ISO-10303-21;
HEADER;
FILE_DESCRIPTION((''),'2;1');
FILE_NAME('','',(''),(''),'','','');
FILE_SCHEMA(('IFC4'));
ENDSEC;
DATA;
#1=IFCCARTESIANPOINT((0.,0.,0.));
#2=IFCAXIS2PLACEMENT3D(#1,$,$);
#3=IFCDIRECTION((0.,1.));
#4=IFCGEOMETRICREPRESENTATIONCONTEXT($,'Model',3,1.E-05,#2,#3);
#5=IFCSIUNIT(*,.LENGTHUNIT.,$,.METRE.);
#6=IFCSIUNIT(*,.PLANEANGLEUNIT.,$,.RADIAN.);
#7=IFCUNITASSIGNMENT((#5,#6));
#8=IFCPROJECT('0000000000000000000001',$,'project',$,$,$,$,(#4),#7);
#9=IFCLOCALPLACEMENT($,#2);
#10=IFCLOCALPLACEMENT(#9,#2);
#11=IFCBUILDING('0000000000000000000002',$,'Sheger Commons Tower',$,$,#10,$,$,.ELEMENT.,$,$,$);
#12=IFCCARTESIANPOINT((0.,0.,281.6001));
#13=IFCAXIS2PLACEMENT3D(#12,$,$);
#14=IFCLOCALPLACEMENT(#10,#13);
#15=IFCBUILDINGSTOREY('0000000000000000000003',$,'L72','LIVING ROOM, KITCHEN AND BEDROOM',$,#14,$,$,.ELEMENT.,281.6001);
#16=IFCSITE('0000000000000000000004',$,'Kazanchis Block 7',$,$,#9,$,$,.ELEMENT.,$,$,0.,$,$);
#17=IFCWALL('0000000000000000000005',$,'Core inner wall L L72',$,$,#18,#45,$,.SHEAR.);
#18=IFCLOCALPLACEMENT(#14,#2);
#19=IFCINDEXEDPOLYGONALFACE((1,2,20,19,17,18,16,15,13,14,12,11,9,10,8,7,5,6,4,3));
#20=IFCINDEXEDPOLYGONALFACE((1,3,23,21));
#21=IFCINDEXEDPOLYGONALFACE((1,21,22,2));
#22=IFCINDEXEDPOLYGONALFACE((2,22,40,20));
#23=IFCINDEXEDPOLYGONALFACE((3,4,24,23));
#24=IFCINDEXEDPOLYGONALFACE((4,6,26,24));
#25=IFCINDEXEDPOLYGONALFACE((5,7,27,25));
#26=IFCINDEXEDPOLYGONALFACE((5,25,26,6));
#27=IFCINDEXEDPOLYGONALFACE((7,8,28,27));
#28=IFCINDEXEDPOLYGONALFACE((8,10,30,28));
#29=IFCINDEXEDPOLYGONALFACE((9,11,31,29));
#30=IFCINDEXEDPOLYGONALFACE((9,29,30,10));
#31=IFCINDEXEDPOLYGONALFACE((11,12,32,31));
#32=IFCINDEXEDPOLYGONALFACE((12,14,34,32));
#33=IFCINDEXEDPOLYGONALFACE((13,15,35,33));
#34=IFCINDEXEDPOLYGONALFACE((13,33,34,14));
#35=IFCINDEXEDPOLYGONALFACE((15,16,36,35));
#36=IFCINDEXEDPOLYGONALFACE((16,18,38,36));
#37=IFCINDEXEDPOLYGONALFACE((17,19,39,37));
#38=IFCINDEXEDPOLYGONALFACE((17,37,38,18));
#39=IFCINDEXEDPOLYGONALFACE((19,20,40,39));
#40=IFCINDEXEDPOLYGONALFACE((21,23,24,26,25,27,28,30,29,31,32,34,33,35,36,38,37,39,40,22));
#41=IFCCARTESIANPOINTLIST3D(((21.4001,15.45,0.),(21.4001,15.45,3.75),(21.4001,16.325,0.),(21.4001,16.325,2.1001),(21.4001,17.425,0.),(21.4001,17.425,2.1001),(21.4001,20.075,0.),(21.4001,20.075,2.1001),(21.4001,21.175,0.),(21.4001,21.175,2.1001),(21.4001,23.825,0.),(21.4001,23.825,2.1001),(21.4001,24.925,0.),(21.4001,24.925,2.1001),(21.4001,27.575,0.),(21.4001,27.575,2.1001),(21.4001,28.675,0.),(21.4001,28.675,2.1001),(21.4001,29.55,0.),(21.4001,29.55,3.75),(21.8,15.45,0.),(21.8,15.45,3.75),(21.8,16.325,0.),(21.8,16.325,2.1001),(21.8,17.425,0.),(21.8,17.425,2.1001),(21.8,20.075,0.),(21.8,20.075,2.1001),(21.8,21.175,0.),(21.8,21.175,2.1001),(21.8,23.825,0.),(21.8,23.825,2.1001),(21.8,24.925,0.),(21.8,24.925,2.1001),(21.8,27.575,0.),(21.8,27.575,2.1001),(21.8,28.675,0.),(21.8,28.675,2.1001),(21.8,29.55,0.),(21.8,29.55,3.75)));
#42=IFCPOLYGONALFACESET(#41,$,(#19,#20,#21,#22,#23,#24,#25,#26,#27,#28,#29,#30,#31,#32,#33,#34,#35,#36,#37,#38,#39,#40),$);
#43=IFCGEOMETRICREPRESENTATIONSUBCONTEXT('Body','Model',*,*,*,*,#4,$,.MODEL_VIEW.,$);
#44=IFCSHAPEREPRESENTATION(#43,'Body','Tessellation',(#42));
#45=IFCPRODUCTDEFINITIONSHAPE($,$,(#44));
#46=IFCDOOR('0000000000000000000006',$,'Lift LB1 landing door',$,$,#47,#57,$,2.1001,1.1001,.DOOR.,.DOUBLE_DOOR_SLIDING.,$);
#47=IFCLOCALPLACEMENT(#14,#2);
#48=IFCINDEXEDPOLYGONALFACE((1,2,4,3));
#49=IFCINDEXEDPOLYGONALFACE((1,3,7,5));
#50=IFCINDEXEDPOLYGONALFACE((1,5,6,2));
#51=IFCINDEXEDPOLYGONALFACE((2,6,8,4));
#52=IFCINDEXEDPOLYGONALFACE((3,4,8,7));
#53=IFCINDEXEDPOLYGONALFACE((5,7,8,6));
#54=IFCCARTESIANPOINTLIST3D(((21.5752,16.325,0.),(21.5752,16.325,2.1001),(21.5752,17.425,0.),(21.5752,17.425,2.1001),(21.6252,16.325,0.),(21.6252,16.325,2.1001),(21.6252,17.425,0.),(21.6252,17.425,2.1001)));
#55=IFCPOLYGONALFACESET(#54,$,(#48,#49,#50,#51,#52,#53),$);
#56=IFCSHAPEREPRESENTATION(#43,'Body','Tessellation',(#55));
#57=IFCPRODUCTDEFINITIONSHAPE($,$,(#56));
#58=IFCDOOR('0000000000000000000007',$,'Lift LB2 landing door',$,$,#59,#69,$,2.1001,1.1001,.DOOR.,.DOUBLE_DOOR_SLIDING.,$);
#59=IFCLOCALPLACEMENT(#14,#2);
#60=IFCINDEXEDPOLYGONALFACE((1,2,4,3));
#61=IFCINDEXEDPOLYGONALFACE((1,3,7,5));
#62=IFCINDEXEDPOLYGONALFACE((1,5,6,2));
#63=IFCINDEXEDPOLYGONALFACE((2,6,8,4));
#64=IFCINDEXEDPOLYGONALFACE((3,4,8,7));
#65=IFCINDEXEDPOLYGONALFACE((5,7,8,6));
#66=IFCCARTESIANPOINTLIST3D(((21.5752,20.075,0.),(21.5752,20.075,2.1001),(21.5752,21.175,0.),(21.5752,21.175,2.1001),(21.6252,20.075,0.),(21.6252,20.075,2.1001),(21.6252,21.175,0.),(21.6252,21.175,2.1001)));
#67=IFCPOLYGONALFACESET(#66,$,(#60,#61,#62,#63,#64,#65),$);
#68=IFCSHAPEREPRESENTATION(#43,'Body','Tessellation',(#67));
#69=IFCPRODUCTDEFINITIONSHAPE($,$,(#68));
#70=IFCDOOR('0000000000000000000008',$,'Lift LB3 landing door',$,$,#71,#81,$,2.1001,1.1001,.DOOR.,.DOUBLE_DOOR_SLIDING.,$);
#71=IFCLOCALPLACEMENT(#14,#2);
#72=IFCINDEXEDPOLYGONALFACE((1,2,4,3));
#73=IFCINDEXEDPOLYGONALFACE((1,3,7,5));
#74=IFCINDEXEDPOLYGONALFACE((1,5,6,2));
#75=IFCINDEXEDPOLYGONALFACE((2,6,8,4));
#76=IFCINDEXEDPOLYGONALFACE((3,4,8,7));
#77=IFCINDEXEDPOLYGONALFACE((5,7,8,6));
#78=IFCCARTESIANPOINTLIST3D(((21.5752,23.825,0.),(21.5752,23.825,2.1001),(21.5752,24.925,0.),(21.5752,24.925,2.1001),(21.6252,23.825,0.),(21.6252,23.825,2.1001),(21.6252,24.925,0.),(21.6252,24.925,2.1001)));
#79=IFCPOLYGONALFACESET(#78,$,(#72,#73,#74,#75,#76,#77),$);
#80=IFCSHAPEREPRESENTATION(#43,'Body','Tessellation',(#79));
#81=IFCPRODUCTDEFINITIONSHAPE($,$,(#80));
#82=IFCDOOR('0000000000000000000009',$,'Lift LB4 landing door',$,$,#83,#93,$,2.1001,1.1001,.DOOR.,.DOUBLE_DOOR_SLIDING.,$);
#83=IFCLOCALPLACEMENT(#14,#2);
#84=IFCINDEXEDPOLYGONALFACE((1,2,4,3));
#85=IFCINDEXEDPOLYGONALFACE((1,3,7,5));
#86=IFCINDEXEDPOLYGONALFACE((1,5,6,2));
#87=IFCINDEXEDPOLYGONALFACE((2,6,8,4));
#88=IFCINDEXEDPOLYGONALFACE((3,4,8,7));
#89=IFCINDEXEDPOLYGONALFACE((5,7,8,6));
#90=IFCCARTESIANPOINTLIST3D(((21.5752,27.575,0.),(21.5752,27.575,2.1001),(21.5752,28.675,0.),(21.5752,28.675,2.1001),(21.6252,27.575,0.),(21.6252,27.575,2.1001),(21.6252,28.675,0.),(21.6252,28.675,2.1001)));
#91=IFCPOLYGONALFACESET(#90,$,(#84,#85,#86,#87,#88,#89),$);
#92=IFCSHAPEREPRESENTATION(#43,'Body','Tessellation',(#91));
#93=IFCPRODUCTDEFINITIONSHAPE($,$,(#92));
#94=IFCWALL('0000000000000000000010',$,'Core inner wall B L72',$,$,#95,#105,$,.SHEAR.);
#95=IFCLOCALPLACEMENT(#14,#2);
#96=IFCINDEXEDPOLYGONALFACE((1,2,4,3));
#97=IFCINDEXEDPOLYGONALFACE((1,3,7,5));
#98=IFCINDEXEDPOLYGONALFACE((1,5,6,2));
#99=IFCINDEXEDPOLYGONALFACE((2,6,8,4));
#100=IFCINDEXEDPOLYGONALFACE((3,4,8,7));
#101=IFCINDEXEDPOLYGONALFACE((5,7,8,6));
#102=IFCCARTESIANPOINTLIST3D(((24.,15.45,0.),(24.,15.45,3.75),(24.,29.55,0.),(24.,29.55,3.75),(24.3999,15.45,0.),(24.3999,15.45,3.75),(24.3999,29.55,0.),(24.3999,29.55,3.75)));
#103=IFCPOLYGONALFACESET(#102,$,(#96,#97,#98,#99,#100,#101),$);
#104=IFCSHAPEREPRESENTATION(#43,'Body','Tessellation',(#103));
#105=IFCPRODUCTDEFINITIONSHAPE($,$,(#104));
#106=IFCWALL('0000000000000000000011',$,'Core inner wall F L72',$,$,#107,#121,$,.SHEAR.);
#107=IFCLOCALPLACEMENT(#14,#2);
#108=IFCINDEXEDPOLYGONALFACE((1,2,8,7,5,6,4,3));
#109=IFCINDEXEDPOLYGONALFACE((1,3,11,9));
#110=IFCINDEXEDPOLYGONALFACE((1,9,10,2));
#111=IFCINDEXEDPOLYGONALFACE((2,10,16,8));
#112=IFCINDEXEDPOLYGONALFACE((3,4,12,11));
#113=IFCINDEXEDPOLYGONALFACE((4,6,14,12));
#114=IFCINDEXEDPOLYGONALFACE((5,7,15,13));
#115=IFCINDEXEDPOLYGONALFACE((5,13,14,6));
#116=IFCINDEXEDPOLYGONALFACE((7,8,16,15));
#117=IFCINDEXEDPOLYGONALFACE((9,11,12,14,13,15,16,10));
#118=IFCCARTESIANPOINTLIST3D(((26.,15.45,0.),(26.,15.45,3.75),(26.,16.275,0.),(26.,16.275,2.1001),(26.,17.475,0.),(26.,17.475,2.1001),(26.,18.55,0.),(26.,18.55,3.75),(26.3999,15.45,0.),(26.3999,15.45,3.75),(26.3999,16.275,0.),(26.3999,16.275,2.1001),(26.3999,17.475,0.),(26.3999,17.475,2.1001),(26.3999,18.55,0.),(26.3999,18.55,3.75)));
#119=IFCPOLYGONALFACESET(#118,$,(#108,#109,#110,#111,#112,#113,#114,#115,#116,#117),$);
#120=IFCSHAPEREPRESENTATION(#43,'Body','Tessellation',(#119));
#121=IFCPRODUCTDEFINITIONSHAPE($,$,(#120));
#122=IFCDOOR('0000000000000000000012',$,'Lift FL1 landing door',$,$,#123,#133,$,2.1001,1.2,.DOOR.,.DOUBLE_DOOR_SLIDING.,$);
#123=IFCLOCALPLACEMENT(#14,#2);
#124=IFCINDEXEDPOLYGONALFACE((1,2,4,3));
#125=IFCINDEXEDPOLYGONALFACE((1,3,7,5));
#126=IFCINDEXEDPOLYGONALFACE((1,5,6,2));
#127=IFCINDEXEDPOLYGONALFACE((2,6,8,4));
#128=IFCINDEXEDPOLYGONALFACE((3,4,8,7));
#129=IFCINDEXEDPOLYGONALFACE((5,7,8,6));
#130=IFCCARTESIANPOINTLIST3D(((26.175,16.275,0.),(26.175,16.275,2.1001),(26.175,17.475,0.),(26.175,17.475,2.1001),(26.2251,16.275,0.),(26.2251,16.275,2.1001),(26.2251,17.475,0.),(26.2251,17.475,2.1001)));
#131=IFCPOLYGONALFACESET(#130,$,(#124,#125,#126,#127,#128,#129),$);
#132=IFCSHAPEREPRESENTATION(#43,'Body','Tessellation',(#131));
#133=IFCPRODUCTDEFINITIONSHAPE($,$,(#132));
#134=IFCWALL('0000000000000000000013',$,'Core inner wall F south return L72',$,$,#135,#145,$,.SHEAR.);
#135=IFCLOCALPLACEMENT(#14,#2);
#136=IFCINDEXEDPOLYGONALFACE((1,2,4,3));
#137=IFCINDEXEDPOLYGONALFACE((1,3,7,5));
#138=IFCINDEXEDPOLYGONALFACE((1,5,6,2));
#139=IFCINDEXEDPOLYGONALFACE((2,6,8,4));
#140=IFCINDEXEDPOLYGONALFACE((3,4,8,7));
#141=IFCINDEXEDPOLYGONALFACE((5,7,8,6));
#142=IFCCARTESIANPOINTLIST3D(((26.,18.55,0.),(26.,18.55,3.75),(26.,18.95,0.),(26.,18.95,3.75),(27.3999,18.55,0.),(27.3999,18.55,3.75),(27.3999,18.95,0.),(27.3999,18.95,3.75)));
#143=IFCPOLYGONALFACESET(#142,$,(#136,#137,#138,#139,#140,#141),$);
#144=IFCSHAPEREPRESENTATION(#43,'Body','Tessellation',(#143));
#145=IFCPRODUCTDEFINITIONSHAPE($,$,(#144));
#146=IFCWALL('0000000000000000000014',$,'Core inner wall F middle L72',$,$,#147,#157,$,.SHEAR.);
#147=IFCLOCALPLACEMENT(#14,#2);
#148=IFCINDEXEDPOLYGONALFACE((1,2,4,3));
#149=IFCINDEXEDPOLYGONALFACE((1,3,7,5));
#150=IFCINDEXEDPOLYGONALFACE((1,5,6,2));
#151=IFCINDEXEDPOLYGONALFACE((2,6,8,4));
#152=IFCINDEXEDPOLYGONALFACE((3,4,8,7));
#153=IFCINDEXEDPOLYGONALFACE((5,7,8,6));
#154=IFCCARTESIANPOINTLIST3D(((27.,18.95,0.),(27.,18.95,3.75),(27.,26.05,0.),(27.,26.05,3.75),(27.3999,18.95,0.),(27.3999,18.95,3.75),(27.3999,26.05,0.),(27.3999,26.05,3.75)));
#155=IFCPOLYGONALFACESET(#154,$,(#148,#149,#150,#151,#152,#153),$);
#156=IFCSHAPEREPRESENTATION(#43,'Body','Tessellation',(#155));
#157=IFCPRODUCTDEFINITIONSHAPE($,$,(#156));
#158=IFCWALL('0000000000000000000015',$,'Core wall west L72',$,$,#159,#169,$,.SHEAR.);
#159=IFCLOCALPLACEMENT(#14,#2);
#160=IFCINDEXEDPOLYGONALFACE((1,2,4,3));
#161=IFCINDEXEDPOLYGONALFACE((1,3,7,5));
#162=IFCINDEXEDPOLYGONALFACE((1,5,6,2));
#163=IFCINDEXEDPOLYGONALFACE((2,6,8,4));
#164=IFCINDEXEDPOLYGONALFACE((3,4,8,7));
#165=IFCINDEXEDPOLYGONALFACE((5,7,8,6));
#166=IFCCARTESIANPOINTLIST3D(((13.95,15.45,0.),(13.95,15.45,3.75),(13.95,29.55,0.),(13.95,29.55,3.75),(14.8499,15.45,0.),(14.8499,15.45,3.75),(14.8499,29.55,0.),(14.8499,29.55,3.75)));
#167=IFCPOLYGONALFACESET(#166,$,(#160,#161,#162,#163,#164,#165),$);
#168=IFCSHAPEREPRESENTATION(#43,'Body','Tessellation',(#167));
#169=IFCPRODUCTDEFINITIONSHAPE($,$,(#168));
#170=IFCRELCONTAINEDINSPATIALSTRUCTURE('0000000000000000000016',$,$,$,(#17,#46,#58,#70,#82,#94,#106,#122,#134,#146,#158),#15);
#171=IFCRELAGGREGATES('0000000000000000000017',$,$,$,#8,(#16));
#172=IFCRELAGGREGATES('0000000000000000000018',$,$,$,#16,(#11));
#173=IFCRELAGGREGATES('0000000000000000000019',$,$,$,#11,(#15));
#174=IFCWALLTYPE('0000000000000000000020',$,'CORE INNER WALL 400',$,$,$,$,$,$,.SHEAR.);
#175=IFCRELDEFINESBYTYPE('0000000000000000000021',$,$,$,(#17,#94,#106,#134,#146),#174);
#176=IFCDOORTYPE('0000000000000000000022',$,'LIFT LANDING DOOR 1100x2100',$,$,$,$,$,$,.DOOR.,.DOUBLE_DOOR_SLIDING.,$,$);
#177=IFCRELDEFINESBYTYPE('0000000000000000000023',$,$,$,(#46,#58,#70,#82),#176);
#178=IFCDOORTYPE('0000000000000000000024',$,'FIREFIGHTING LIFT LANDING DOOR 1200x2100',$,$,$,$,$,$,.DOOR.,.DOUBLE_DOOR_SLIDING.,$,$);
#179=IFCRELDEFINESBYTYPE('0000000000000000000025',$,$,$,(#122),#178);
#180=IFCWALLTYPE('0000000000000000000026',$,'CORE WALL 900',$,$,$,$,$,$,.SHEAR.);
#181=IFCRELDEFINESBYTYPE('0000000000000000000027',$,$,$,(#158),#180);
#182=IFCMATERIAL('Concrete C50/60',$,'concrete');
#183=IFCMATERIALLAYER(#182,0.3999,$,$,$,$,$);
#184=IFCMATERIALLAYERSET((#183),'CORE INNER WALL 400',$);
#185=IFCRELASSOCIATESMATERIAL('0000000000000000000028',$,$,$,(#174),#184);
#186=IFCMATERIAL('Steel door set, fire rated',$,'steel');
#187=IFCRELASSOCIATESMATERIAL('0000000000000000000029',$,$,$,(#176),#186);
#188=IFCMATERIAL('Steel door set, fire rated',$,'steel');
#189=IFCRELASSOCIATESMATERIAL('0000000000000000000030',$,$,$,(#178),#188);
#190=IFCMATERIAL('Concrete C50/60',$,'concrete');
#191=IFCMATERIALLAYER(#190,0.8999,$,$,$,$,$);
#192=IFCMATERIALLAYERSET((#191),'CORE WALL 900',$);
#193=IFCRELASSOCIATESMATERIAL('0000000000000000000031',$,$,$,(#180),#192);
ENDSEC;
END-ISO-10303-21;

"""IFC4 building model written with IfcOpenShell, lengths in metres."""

from ifc_helpers import new_model, si_unit, direction, frame, frame_2d, origin, place, context, subcontext, project, spatial, rectangle, extrude, material, layer, layer_set, type_object, element, fill, save


model = new_model("IFC4")

# Units and contexts
model_context = context("Model", 3, precision=1e-05, world=origin(), true_north=direction((0.0, 1.0)))
body_context = subcontext(model_context, "Body", "Model", "MODEL_VIEW")
ifc_project = project(units=[si_unit("LENGTHUNIT", "METRE"), si_unit("PLANEANGLEUNIT", "RADIAN")], contexts=[model_context])

# Site, building, storey
site_placement = place(None, origin())
site = spatial("IfcSite", under=ifc_project, at=site_placement, Name="Kazanchis Block 7", CompositionType="ELEMENT", RefElevation=0.0)
building_placement = place(site_placement, origin())
building = spatial("IfcBuilding", under=site, at=building_placement, Name="Sheger Commons Tower", CompositionType="ELEMENT")
storey_placement = place(building_placement, frame((0.0, 0.0, 281.6001)))
storey = spatial("IfcBuildingStorey", under=building, at=storey_placement, Name="L72", Description="LIVING ROOM, KITCHEN AND BEDROOM", CompositionType="ELEMENT", Elevation=281.6001)

# Wall, openings, doors
ifc_material_1 = material(Name="Concrete C50/60", Category="concrete")
ifc_layer_1 = layer(ifc_material_1, 0.3999)
ifc_layer_set_1 = layer_set([ifc_layer_1], Name="CORE INNER WALL 400")
wall_type_1 = type_object("IfcWallType", Name="CORE INNER WALL 400", PredefinedType="SHEAR", material=ifc_layer_set_1)
wall_1_placement = place(storey_placement, frame((21.6001, 15.45, 0.0), z_axis=(0.0, 0.0, 1.0), x_axis=(0.0, 1.0, 0.0)))
wall_1 = element("IfcWall", 1, at=wall_1_placement, inside=storey, type_object=wall_type_1, Name="Core inner wall L L72", PredefinedType="SHEAR", context=body_context, shape_type="SweptSolid", body=[
    extrude(rectangle(XDim=14.1001, YDim=0.3999, at=frame_2d((7.05, 0.0))), origin(), (0.0, 0.0, 1.0), 3.75),
])
opening_1_placement = place(wall_1_placement, frame((0.875, 0.0, 0.0)))
opening_1 = element("IfcOpeningElement", 2, at=opening_1_placement, cuts=wall_1, PredefinedType="OPENING", context=body_context, shape_type="SweptSolid", body=[
    extrude(rectangle(XDim=1.1001, YDim=2.1001, at=frame_2d((0.55, 1.05))), frame((0.0, 0.21, 0.0), z_axis=(0.0, -1.0, 0.0), x_axis=(1.0, 0.0, 0.0)), (0.0, 0.0, 1.0), 0.4199),
])
opening_2_placement = place(wall_1_placement, frame((4.625, 0.0, 0.0)))
opening_2 = element("IfcOpeningElement", 3, at=opening_2_placement, cuts=wall_1, PredefinedType="OPENING", context=body_context, shape_type="SweptSolid", body=[
    extrude(rectangle(XDim=1.1001, YDim=2.1001, at=frame_2d((0.55, 1.05))), frame((0.0, 0.21, 0.0), z_axis=(0.0, -1.0, 0.0), x_axis=(1.0, 0.0, 0.0)), (0.0, 0.0, 1.0), 0.4199),
])
opening_3_placement = place(wall_1_placement, frame((8.375, 0.0, 0.0)))
opening_3 = element("IfcOpeningElement", 4, at=opening_3_placement, cuts=wall_1, PredefinedType="OPENING", context=body_context, shape_type="SweptSolid", body=[
    extrude(rectangle(XDim=1.1001, YDim=2.1001, at=frame_2d((0.55, 1.05))), frame((0.0, 0.21, 0.0), z_axis=(0.0, -1.0, 0.0), x_axis=(1.0, 0.0, 0.0)), (0.0, 0.0, 1.0), 0.4199),
])
opening_4_placement = place(wall_1_placement, frame((12.125, 0.0, 0.0)))
opening_4 = element("IfcOpeningElement", 5, at=opening_4_placement, cuts=wall_1, PredefinedType="OPENING", context=body_context, shape_type="SweptSolid", body=[
    extrude(rectangle(XDim=1.1001, YDim=2.1001, at=frame_2d((0.55, 1.05))), frame((0.0, 0.21, 0.0), z_axis=(0.0, -1.0, 0.0), x_axis=(1.0, 0.0, 0.0)), (0.0, 0.0, 1.0), 0.4199),
])
ifc_material_2 = material(Name="Steel door set, fire rated", Category="steel")
door_type_1 = type_object("IfcDoorType", Name="LIFT LANDING DOOR 1100x2100", OperationType="DOUBLE_DOOR_SLIDING", PredefinedType="DOOR", material=ifc_material_2)
door_1_placement = place(opening_1_placement, origin())
door_1 = element("IfcDoor", 6, at=door_1_placement, inside=storey, type_object=door_type_1, Name="Lift LB1 landing door", OperationType="DOUBLE_DOOR_SLIDING", OverallHeight=2.1001, OverallWidth=1.1001, PredefinedType="DOOR", context=body_context, shape_type="SweptSolid", body=[
    extrude(rectangle(XDim=1.1001, YDim=2.1001, at=frame_2d((0.55, 1.05))), frame((0.0, 0.0249, 0.0), z_axis=(0.0, -1.0, 0.0), x_axis=(1.0, 0.0, 0.0)), (0.0, 0.0, 1.0), 0.05),
])
fill(opening_1, door_1)
door_2_placement = place(opening_2_placement, origin())
door_2 = element("IfcDoor", 7, at=door_2_placement, inside=storey, type_object=door_type_1, Name="Lift LB2 landing door", OperationType="DOUBLE_DOOR_SLIDING", OverallHeight=2.1001, OverallWidth=1.1001, PredefinedType="DOOR", context=body_context, shape_type="SweptSolid", body=[
    extrude(rectangle(XDim=1.1001, YDim=2.1001, at=frame_2d((0.55, 1.05))), frame((0.0, 0.0249, 0.0), z_axis=(0.0, -1.0, 0.0), x_axis=(1.0, 0.0, 0.0)), (0.0, 0.0, 1.0), 0.05),
])
fill(opening_2, door_2)
door_3_placement = place(opening_3_placement, origin())
door_3 = element("IfcDoor", 8, at=door_3_placement, inside=storey, type_object=door_type_1, Name="Lift LB3 landing door", OperationType="DOUBLE_DOOR_SLIDING", OverallHeight=2.1001, OverallWidth=1.1001, PredefinedType="DOOR", context=body_context, shape_type="SweptSolid", body=[
    extrude(rectangle(XDim=1.1001, YDim=2.1001, at=frame_2d((0.55, 1.05))), frame((0.0, 0.0249, 0.0), z_axis=(0.0, -1.0, 0.0), x_axis=(1.0, 0.0, 0.0)), (0.0, 0.0, 1.0), 0.05),
])
fill(opening_3, door_3)
door_4_placement = place(opening_4_placement, origin())
door_4 = element("IfcDoor", 9, at=door_4_placement, inside=storey, type_object=door_type_1, Name="Lift LB4 landing door", OperationType="DOUBLE_DOOR_SLIDING", OverallHeight=2.1001, OverallWidth=1.1001, PredefinedType="DOOR", context=body_context, shape_type="SweptSolid", body=[
    extrude(rectangle(XDim=1.1001, YDim=2.1001, at=frame_2d((0.55, 1.05))), frame((0.0, 0.0249, 0.0), z_axis=(0.0, -1.0, 0.0), x_axis=(1.0, 0.0, 0.0)), (0.0, 0.0, 1.0), 0.05),
])
fill(opening_4, door_4)

# Wall
wall_2_placement = place(storey_placement, frame((24.2, 15.45, 0.0), z_axis=(0.0, 0.0, 1.0), x_axis=(0.0, 1.0, 0.0)))
element("IfcWall", 10, at=wall_2_placement, inside=storey, type_object=wall_type_1, Name="Core inner wall B L72", PredefinedType="SHEAR", context=body_context, shape_type="SweptSolid", body=[
    extrude(rectangle(XDim=14.1001, YDim=0.3999, at=frame_2d((7.05, 0.0))), origin(), (0.0, 0.0, 1.0), 3.75),
])

# Wall, opening, door
wall_3_placement = place(storey_placement, frame((26.2, 15.45, 0.0), z_axis=(0.0, 0.0, 1.0), x_axis=(0.0, 1.0, 0.0)))
wall_3 = element("IfcWall", 11, at=wall_3_placement, inside=storey, type_object=wall_type_1, Name="Core inner wall F L72", PredefinedType="SHEAR", context=body_context, shape_type="SweptSolid", body=[
    extrude(rectangle(XDim=3.1001, YDim=0.3999, at=frame_2d((1.55, 0.0))), origin(), (0.0, 0.0, 1.0), 3.75),
])
opening_5_placement = place(wall_3_placement, frame((0.825, 0.0, 0.0)))
opening_5 = element("IfcOpeningElement", 12, at=opening_5_placement, cuts=wall_3, PredefinedType="OPENING", context=body_context, shape_type="SweptSolid", body=[
    extrude(rectangle(XDim=1.2, YDim=2.1001, at=frame_2d((0.6001, 1.05))), frame((0.0, 0.21, 0.0), z_axis=(0.0, -1.0, 0.0), x_axis=(1.0, 0.0, 0.0)), (0.0, 0.0, 1.0), 0.4199),
])
ifc_material_3 = material(Name="Steel door set, fire rated", Category="steel")
door_type_2 = type_object("IfcDoorType", Name="FIREFIGHTING LIFT LANDING DOOR 1200x2100", OperationType="DOUBLE_DOOR_SLIDING", PredefinedType="DOOR", material=ifc_material_3)
door_5_placement = place(opening_5_placement, origin())
door_5 = element("IfcDoor", 13, at=door_5_placement, inside=storey, type_object=door_type_2, Name="Lift FL1 landing door", OperationType="DOUBLE_DOOR_SLIDING", OverallHeight=2.1001, OverallWidth=1.2, PredefinedType="DOOR", context=body_context, shape_type="SweptSolid", body=[
    extrude(rectangle(XDim=1.2, YDim=2.1001, at=frame_2d((0.6001, 1.05))), frame((0.0, 0.0249, 0.0), z_axis=(0.0, -1.0, 0.0), x_axis=(1.0, 0.0, 0.0)), (0.0, 0.0, 1.0), 0.05),
])
fill(opening_5, door_5)

# Walls
wall_4_placement = place(storey_placement, frame((26.0, 18.75, 0.0), z_axis=(0.0, 0.0, 1.0), x_axis=(1.0, 0.0, 0.0)))
element("IfcWall", 14, at=wall_4_placement, inside=storey, type_object=wall_type_1, Name="Core inner wall F south return L72", PredefinedType="SHEAR", context=body_context, shape_type="SweptSolid", body=[
    extrude(rectangle(XDim=1.3999, YDim=0.3999, at=frame_2d((0.7, 0.0))), origin(), (0.0, 0.0, 1.0), 3.75),
])
wall_5_placement = place(storey_placement, frame((27.2, 18.95, 0.0), z_axis=(0.0, 0.0, 1.0), x_axis=(0.0, 1.0, 0.0)))
element("IfcWall", 15, at=wall_5_placement, inside=storey, type_object=wall_type_1, Name="Core inner wall F middle L72", PredefinedType="SHEAR", context=body_context, shape_type="SweptSolid", body=[
    extrude(rectangle(XDim=7.1001, YDim=0.3999, at=frame_2d((3.55, 0.0))), origin(), (0.0, 0.0, 1.0), 3.75),
])
ifc_material_4 = material(Name="Concrete C50/60", Category="concrete")
ifc_layer_2 = layer(ifc_material_4, 0.8999)
ifc_layer_set_2 = layer_set([ifc_layer_2], Name="CORE WALL 900")
wall_type_2 = type_object("IfcWallType", Name="CORE WALL 900", PredefinedType="SHEAR", material=ifc_layer_set_2)
for number, where, z_axis, x_axis, name in (
    (16, (14.3999, 15.45, 0.0), (0.0, 0.0, 1.0), (0.0, 1.0, 0.0), "Core wall west L72"),
):
    element("IfcWall", number, at=place(storey_placement, frame(where, z_axis=z_axis, x_axis=x_axis)), inside=storey, type_object=wall_type_2, Name=name, PredefinedType="SHEAR", context=body_context, shape_type="SweptSolid", body=[
        extrude(rectangle(XDim=14.1001, YDim=0.8999, at=frame_2d((7.05, 0.0))), origin(), (0.0, 0.0, 1.0), 3.75),
    ])

save(model, "model.ifc")
